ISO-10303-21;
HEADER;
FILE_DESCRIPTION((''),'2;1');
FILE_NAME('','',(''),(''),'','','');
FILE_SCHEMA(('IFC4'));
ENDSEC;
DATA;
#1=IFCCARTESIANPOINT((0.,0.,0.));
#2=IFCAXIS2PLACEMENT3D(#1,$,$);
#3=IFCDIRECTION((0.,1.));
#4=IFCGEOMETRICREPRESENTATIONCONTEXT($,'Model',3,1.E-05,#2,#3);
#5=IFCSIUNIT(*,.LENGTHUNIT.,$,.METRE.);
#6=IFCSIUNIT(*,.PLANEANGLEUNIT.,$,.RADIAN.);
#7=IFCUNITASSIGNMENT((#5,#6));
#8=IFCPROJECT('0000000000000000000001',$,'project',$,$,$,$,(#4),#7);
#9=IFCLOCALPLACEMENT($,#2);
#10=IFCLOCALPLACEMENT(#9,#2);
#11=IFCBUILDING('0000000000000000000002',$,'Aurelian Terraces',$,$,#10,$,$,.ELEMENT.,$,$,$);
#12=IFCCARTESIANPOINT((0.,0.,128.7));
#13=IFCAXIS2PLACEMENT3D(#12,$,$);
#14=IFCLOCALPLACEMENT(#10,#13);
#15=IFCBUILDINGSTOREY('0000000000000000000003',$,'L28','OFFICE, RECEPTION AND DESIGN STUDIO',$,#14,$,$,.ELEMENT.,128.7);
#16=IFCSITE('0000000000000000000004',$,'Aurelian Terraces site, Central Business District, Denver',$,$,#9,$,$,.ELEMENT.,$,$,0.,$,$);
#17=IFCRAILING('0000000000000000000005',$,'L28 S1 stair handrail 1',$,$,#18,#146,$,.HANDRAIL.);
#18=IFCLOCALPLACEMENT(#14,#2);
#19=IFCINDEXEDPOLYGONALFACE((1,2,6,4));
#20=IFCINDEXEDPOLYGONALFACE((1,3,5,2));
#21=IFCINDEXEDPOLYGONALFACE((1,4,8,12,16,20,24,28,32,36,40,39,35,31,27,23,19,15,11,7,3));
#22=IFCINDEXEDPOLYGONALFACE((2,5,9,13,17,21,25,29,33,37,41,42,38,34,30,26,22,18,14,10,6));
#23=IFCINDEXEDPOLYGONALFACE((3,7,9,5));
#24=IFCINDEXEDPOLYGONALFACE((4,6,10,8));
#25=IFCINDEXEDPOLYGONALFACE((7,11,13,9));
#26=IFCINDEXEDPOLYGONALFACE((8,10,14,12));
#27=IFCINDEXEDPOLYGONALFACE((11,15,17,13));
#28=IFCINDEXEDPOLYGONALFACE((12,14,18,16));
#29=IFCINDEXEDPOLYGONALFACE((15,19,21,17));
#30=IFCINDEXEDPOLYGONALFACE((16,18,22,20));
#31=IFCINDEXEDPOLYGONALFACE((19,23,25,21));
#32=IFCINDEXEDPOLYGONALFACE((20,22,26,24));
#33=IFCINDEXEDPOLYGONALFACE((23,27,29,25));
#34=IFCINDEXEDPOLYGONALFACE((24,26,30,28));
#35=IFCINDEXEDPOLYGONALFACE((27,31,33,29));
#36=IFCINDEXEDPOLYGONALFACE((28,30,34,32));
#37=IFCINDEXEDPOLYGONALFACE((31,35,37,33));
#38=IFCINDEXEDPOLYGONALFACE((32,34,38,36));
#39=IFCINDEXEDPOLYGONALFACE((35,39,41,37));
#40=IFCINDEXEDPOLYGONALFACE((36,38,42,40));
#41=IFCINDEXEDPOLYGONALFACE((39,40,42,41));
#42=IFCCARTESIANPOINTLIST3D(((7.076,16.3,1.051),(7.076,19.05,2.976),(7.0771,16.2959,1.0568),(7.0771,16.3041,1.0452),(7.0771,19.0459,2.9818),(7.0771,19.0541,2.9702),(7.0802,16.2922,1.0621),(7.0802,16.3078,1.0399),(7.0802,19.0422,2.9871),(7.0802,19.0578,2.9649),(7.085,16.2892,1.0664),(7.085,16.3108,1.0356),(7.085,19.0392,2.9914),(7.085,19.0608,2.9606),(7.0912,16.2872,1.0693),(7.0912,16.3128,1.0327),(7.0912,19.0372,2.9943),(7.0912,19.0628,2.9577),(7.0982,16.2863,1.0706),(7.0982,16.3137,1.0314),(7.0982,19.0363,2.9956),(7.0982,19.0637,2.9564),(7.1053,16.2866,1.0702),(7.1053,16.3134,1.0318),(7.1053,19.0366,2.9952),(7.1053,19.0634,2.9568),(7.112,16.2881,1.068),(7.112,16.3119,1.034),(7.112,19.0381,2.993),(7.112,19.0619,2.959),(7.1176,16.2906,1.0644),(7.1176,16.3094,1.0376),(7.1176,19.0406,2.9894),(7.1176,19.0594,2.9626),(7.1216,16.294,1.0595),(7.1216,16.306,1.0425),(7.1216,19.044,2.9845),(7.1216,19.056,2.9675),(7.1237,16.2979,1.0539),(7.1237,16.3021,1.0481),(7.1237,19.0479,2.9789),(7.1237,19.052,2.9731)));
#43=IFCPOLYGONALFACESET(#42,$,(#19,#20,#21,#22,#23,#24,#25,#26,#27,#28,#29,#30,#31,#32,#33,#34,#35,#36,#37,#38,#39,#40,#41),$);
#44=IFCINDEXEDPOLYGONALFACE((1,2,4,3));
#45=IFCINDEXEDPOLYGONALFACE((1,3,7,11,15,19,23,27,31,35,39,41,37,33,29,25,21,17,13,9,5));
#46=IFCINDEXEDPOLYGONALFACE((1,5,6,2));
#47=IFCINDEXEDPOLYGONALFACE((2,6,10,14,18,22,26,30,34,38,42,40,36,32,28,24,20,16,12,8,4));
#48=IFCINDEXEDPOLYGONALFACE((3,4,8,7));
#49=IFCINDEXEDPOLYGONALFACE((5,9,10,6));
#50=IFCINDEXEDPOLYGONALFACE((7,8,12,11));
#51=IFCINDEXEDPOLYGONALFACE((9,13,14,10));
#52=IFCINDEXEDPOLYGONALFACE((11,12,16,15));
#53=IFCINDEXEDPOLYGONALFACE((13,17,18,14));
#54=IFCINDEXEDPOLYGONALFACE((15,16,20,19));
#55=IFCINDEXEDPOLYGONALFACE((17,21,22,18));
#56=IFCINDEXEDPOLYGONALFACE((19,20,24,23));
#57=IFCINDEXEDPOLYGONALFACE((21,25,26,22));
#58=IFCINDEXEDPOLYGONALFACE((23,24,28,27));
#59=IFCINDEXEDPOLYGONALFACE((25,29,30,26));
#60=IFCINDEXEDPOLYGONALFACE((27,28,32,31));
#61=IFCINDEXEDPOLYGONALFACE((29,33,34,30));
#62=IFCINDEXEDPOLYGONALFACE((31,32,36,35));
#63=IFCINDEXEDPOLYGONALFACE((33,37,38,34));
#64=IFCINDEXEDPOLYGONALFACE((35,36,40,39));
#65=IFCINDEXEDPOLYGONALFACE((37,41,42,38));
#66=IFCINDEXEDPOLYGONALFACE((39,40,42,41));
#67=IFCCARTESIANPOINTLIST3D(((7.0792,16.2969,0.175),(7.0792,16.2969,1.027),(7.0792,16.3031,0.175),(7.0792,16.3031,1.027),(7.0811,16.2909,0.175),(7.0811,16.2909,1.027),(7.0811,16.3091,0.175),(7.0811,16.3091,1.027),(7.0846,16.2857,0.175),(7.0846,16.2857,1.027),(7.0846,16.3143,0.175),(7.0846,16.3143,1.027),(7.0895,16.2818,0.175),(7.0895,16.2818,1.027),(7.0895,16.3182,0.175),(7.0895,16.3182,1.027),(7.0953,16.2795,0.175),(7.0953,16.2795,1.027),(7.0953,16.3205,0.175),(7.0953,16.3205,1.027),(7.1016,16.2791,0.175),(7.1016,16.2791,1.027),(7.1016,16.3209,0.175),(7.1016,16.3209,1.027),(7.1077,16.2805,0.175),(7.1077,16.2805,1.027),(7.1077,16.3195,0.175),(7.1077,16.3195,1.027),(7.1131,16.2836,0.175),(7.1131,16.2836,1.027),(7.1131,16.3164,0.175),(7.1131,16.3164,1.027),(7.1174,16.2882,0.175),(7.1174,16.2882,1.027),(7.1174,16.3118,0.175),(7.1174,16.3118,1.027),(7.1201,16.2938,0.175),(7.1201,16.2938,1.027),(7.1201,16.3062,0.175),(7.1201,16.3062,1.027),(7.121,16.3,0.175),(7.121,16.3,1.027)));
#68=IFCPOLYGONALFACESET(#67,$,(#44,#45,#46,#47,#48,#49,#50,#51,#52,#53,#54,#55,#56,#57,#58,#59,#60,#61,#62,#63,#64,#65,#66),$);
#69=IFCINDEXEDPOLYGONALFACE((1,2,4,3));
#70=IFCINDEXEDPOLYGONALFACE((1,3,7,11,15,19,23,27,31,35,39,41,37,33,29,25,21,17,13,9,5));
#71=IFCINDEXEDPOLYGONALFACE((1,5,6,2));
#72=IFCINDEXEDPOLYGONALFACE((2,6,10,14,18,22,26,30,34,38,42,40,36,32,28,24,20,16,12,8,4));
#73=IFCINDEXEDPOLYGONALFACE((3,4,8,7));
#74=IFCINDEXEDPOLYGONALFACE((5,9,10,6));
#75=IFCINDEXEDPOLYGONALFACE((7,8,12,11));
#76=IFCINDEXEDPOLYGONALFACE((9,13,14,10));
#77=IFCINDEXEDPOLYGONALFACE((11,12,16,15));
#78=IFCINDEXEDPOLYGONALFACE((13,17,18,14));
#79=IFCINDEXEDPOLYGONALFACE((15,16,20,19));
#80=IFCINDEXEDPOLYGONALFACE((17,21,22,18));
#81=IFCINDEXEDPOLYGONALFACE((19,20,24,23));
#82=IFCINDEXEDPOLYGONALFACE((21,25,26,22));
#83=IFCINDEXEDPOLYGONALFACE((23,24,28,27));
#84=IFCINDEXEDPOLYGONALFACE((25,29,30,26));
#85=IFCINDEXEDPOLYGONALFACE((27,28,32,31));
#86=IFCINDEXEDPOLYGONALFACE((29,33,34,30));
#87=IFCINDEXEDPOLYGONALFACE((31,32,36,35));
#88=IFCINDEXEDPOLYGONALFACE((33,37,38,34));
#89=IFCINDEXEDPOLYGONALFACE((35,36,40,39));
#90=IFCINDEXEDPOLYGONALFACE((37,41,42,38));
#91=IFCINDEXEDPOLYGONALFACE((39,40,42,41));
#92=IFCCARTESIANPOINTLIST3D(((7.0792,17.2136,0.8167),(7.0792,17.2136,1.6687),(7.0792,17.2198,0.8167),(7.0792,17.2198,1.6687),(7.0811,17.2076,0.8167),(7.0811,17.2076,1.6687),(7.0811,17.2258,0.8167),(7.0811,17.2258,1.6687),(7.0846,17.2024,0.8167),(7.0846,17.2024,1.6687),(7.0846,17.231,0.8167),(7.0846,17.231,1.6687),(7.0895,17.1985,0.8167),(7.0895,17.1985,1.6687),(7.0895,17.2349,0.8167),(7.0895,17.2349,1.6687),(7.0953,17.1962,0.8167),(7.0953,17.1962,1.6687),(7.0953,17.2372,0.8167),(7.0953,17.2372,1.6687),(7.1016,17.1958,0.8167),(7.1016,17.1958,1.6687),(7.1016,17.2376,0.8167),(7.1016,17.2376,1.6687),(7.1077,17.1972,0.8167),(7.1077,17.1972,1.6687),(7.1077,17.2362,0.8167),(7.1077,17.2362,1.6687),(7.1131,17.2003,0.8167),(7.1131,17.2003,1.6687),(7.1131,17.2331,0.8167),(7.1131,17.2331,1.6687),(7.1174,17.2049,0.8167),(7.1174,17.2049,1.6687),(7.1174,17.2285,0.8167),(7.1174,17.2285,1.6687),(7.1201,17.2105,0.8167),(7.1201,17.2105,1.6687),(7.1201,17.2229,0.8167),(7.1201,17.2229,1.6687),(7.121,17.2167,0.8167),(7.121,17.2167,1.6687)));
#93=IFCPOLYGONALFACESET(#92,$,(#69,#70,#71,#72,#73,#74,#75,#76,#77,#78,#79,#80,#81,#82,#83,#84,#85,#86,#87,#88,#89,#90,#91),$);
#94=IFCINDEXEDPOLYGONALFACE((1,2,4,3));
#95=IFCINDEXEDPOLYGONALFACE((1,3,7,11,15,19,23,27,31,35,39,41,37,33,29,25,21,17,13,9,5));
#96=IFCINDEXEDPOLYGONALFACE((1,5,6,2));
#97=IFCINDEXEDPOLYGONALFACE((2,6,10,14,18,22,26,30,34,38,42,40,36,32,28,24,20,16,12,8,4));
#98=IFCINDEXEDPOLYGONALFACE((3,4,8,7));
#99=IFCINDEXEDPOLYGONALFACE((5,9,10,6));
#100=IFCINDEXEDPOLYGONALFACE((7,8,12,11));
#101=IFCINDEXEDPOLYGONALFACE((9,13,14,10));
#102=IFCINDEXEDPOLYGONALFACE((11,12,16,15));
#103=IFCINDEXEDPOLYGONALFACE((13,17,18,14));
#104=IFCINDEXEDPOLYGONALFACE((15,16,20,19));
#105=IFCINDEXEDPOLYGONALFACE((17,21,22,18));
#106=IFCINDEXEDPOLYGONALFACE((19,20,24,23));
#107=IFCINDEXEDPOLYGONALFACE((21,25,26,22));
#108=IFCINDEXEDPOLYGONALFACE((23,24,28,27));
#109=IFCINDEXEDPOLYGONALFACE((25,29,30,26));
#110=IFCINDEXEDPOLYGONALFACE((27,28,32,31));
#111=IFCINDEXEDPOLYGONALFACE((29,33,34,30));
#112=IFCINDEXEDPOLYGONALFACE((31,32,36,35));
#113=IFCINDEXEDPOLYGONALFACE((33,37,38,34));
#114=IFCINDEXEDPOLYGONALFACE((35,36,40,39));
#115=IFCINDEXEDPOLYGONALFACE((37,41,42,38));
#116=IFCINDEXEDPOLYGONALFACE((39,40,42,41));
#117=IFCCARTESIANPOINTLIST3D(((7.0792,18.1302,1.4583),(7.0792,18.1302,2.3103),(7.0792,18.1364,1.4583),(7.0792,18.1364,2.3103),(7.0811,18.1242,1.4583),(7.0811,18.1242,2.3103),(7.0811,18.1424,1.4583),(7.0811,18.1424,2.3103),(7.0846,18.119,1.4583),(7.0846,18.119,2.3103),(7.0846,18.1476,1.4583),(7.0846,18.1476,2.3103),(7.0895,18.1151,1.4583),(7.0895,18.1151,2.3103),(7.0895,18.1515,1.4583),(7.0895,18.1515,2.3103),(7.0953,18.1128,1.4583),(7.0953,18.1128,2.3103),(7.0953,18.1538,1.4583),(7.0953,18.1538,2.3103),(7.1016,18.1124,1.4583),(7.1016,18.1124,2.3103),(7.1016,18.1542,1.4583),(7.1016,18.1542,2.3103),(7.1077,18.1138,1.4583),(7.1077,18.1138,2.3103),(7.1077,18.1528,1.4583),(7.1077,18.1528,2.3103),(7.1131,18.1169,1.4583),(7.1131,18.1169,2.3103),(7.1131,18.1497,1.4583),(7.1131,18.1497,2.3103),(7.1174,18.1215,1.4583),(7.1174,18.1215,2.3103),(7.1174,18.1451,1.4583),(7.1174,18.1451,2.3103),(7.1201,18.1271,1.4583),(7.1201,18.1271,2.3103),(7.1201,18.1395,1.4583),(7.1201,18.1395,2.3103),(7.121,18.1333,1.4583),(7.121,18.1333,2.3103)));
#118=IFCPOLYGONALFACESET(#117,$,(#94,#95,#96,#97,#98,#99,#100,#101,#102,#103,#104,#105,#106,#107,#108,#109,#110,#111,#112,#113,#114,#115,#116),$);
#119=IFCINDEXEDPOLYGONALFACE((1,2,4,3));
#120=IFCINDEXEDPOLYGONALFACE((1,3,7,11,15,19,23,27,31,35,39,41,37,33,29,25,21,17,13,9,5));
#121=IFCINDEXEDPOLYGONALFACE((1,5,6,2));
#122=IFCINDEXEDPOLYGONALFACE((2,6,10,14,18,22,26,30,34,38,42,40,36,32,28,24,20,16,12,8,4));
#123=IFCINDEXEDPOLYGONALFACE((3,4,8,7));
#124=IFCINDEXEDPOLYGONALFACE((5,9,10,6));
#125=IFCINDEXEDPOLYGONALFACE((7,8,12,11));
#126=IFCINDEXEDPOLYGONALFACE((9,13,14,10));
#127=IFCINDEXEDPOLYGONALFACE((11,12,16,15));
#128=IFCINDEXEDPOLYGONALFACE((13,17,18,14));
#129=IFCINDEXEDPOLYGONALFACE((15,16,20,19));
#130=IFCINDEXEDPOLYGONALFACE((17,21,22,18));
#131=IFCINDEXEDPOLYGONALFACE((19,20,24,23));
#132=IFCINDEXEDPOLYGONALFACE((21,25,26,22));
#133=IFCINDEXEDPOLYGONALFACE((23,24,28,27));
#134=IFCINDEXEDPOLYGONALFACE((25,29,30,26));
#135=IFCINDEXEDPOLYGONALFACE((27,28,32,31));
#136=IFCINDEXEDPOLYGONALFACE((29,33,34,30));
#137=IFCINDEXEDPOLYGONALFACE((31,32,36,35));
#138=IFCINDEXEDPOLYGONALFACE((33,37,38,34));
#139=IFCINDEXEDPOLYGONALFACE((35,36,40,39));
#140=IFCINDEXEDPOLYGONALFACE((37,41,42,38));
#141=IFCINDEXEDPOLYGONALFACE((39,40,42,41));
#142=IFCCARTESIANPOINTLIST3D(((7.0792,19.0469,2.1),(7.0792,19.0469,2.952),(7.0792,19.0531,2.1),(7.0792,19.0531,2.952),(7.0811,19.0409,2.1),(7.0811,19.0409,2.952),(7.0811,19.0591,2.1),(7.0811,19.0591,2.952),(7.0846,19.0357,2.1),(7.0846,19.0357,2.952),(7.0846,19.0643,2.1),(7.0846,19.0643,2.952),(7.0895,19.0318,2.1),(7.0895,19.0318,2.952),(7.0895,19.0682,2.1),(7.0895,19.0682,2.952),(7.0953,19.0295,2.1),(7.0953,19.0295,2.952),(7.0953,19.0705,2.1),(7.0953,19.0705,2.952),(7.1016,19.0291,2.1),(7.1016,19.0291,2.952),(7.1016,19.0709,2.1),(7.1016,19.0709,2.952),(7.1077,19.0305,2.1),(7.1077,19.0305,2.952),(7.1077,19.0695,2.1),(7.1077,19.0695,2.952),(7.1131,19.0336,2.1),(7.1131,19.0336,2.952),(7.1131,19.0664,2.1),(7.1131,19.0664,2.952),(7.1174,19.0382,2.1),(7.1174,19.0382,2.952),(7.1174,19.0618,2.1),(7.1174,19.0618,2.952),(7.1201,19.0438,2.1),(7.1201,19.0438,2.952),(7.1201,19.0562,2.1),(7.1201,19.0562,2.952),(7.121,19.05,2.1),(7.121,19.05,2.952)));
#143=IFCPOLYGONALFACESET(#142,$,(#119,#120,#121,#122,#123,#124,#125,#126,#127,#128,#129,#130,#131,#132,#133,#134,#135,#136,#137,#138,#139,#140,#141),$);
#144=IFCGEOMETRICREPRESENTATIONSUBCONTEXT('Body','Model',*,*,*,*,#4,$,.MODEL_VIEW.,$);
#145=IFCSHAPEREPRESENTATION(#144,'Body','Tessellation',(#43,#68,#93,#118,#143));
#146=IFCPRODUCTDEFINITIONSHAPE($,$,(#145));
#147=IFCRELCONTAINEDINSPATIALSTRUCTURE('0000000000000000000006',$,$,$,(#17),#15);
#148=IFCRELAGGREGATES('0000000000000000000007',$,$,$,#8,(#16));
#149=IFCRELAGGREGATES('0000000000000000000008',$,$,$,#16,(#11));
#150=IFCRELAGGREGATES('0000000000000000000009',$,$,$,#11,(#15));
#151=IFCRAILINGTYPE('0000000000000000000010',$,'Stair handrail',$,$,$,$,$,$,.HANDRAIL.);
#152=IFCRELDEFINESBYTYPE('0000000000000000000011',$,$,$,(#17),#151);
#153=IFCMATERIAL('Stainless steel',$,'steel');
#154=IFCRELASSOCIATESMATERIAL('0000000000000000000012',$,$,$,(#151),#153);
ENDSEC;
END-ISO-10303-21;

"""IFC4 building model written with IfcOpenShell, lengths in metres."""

from ifc_helpers import new_model, si_unit, direction, frame, origin, origin_2d, place, context, subcontext, project, spatial, circle, extrude, source, transform, mapped, material, type_object, element, save


model = new_model("IFC4")

# Units and contexts
model_context = context("Model", 3, precision=1e-05, world=origin(), true_north=direction((0.0, 1.0)))
body_context = subcontext(model_context, "Body", "Model", "MODEL_VIEW")
ifc_project = project(units=[si_unit("LENGTHUNIT", "METRE"), si_unit("PLANEANGLEUNIT", "RADIAN")], contexts=[model_context])

# Site, building, storey
site_placement = place(None, origin())
site = spatial("IfcSite", under=ifc_project, at=site_placement, Name="Aurelian Terraces site, Central Business District, Denver", CompositionType="ELEMENT", RefElevation=0.0)
building_placement = place(site_placement, origin())
building = spatial("IfcBuilding", under=site, at=building_placement, Name="Aurelian Terraces", CompositionType="ELEMENT")
storey_placement = place(building_placement, frame((0.0, 0.0, 128.7)))
storey = spatial("IfcBuildingStorey", under=building, at=storey_placement, Name="L28", Description="OFFICE, RECEPTION AND DESIGN STUDIO", CompositionType="ELEMENT", Elevation=128.7)

# Railing
ifc_material_1 = material(Name="Stainless steel", Category="steel")
railing_type_1 = type_object("IfcRailingType", Name="Stair handrail", PredefinedType="HANDRAIL", material=ifc_material_1)
shared_shape_1 = source(origin(), body_context, "Body", "SweptSolid", [
    extrude(circle(Radius=0.024, at=origin_2d()), frame((0.0, 0.0, 0.876), z_axis=(0.0, 0.819232, 0.573462), x_axis=(-1.0, 0.0, 0.0)), (0.0, 0.0, 1.0), 3.3568),
    extrude(circle(Radius=0.021, at=origin_2d()), origin(), (0.0, 0.0, 1.0), 0.852),
    extrude(circle(Radius=0.021, at=origin_2d()), frame((0.0, 0.9167, 0.6417)), (0.0, 0.0, 1.0), 0.852),
    extrude(circle(Radius=0.021, at=origin_2d()), frame((0.0, 1.8333, 1.2833)), (0.0, 0.0, 1.0), 0.852),
    extrude(circle(Radius=0.021, at=origin_2d()), frame((0.0, 2.75, 1.925)), (0.0, 0.0, 1.0), 0.852),
])
railing_1_placement = place(storey_placement, frame((7.1, 16.3, 0.175)))
element("IfcRailing", 1, at=railing_1_placement, inside=storey, type_object=railing_type_1, Name="L28 S1 stair handrail 1", PredefinedType="HANDRAIL", context=body_context, shape_type="MappedRepresentation", body=[
    mapped(shared_shape_1, transform((0.0, 0.0, 0.0), scale=1.0)),
])

save(model, "model.ifc")
